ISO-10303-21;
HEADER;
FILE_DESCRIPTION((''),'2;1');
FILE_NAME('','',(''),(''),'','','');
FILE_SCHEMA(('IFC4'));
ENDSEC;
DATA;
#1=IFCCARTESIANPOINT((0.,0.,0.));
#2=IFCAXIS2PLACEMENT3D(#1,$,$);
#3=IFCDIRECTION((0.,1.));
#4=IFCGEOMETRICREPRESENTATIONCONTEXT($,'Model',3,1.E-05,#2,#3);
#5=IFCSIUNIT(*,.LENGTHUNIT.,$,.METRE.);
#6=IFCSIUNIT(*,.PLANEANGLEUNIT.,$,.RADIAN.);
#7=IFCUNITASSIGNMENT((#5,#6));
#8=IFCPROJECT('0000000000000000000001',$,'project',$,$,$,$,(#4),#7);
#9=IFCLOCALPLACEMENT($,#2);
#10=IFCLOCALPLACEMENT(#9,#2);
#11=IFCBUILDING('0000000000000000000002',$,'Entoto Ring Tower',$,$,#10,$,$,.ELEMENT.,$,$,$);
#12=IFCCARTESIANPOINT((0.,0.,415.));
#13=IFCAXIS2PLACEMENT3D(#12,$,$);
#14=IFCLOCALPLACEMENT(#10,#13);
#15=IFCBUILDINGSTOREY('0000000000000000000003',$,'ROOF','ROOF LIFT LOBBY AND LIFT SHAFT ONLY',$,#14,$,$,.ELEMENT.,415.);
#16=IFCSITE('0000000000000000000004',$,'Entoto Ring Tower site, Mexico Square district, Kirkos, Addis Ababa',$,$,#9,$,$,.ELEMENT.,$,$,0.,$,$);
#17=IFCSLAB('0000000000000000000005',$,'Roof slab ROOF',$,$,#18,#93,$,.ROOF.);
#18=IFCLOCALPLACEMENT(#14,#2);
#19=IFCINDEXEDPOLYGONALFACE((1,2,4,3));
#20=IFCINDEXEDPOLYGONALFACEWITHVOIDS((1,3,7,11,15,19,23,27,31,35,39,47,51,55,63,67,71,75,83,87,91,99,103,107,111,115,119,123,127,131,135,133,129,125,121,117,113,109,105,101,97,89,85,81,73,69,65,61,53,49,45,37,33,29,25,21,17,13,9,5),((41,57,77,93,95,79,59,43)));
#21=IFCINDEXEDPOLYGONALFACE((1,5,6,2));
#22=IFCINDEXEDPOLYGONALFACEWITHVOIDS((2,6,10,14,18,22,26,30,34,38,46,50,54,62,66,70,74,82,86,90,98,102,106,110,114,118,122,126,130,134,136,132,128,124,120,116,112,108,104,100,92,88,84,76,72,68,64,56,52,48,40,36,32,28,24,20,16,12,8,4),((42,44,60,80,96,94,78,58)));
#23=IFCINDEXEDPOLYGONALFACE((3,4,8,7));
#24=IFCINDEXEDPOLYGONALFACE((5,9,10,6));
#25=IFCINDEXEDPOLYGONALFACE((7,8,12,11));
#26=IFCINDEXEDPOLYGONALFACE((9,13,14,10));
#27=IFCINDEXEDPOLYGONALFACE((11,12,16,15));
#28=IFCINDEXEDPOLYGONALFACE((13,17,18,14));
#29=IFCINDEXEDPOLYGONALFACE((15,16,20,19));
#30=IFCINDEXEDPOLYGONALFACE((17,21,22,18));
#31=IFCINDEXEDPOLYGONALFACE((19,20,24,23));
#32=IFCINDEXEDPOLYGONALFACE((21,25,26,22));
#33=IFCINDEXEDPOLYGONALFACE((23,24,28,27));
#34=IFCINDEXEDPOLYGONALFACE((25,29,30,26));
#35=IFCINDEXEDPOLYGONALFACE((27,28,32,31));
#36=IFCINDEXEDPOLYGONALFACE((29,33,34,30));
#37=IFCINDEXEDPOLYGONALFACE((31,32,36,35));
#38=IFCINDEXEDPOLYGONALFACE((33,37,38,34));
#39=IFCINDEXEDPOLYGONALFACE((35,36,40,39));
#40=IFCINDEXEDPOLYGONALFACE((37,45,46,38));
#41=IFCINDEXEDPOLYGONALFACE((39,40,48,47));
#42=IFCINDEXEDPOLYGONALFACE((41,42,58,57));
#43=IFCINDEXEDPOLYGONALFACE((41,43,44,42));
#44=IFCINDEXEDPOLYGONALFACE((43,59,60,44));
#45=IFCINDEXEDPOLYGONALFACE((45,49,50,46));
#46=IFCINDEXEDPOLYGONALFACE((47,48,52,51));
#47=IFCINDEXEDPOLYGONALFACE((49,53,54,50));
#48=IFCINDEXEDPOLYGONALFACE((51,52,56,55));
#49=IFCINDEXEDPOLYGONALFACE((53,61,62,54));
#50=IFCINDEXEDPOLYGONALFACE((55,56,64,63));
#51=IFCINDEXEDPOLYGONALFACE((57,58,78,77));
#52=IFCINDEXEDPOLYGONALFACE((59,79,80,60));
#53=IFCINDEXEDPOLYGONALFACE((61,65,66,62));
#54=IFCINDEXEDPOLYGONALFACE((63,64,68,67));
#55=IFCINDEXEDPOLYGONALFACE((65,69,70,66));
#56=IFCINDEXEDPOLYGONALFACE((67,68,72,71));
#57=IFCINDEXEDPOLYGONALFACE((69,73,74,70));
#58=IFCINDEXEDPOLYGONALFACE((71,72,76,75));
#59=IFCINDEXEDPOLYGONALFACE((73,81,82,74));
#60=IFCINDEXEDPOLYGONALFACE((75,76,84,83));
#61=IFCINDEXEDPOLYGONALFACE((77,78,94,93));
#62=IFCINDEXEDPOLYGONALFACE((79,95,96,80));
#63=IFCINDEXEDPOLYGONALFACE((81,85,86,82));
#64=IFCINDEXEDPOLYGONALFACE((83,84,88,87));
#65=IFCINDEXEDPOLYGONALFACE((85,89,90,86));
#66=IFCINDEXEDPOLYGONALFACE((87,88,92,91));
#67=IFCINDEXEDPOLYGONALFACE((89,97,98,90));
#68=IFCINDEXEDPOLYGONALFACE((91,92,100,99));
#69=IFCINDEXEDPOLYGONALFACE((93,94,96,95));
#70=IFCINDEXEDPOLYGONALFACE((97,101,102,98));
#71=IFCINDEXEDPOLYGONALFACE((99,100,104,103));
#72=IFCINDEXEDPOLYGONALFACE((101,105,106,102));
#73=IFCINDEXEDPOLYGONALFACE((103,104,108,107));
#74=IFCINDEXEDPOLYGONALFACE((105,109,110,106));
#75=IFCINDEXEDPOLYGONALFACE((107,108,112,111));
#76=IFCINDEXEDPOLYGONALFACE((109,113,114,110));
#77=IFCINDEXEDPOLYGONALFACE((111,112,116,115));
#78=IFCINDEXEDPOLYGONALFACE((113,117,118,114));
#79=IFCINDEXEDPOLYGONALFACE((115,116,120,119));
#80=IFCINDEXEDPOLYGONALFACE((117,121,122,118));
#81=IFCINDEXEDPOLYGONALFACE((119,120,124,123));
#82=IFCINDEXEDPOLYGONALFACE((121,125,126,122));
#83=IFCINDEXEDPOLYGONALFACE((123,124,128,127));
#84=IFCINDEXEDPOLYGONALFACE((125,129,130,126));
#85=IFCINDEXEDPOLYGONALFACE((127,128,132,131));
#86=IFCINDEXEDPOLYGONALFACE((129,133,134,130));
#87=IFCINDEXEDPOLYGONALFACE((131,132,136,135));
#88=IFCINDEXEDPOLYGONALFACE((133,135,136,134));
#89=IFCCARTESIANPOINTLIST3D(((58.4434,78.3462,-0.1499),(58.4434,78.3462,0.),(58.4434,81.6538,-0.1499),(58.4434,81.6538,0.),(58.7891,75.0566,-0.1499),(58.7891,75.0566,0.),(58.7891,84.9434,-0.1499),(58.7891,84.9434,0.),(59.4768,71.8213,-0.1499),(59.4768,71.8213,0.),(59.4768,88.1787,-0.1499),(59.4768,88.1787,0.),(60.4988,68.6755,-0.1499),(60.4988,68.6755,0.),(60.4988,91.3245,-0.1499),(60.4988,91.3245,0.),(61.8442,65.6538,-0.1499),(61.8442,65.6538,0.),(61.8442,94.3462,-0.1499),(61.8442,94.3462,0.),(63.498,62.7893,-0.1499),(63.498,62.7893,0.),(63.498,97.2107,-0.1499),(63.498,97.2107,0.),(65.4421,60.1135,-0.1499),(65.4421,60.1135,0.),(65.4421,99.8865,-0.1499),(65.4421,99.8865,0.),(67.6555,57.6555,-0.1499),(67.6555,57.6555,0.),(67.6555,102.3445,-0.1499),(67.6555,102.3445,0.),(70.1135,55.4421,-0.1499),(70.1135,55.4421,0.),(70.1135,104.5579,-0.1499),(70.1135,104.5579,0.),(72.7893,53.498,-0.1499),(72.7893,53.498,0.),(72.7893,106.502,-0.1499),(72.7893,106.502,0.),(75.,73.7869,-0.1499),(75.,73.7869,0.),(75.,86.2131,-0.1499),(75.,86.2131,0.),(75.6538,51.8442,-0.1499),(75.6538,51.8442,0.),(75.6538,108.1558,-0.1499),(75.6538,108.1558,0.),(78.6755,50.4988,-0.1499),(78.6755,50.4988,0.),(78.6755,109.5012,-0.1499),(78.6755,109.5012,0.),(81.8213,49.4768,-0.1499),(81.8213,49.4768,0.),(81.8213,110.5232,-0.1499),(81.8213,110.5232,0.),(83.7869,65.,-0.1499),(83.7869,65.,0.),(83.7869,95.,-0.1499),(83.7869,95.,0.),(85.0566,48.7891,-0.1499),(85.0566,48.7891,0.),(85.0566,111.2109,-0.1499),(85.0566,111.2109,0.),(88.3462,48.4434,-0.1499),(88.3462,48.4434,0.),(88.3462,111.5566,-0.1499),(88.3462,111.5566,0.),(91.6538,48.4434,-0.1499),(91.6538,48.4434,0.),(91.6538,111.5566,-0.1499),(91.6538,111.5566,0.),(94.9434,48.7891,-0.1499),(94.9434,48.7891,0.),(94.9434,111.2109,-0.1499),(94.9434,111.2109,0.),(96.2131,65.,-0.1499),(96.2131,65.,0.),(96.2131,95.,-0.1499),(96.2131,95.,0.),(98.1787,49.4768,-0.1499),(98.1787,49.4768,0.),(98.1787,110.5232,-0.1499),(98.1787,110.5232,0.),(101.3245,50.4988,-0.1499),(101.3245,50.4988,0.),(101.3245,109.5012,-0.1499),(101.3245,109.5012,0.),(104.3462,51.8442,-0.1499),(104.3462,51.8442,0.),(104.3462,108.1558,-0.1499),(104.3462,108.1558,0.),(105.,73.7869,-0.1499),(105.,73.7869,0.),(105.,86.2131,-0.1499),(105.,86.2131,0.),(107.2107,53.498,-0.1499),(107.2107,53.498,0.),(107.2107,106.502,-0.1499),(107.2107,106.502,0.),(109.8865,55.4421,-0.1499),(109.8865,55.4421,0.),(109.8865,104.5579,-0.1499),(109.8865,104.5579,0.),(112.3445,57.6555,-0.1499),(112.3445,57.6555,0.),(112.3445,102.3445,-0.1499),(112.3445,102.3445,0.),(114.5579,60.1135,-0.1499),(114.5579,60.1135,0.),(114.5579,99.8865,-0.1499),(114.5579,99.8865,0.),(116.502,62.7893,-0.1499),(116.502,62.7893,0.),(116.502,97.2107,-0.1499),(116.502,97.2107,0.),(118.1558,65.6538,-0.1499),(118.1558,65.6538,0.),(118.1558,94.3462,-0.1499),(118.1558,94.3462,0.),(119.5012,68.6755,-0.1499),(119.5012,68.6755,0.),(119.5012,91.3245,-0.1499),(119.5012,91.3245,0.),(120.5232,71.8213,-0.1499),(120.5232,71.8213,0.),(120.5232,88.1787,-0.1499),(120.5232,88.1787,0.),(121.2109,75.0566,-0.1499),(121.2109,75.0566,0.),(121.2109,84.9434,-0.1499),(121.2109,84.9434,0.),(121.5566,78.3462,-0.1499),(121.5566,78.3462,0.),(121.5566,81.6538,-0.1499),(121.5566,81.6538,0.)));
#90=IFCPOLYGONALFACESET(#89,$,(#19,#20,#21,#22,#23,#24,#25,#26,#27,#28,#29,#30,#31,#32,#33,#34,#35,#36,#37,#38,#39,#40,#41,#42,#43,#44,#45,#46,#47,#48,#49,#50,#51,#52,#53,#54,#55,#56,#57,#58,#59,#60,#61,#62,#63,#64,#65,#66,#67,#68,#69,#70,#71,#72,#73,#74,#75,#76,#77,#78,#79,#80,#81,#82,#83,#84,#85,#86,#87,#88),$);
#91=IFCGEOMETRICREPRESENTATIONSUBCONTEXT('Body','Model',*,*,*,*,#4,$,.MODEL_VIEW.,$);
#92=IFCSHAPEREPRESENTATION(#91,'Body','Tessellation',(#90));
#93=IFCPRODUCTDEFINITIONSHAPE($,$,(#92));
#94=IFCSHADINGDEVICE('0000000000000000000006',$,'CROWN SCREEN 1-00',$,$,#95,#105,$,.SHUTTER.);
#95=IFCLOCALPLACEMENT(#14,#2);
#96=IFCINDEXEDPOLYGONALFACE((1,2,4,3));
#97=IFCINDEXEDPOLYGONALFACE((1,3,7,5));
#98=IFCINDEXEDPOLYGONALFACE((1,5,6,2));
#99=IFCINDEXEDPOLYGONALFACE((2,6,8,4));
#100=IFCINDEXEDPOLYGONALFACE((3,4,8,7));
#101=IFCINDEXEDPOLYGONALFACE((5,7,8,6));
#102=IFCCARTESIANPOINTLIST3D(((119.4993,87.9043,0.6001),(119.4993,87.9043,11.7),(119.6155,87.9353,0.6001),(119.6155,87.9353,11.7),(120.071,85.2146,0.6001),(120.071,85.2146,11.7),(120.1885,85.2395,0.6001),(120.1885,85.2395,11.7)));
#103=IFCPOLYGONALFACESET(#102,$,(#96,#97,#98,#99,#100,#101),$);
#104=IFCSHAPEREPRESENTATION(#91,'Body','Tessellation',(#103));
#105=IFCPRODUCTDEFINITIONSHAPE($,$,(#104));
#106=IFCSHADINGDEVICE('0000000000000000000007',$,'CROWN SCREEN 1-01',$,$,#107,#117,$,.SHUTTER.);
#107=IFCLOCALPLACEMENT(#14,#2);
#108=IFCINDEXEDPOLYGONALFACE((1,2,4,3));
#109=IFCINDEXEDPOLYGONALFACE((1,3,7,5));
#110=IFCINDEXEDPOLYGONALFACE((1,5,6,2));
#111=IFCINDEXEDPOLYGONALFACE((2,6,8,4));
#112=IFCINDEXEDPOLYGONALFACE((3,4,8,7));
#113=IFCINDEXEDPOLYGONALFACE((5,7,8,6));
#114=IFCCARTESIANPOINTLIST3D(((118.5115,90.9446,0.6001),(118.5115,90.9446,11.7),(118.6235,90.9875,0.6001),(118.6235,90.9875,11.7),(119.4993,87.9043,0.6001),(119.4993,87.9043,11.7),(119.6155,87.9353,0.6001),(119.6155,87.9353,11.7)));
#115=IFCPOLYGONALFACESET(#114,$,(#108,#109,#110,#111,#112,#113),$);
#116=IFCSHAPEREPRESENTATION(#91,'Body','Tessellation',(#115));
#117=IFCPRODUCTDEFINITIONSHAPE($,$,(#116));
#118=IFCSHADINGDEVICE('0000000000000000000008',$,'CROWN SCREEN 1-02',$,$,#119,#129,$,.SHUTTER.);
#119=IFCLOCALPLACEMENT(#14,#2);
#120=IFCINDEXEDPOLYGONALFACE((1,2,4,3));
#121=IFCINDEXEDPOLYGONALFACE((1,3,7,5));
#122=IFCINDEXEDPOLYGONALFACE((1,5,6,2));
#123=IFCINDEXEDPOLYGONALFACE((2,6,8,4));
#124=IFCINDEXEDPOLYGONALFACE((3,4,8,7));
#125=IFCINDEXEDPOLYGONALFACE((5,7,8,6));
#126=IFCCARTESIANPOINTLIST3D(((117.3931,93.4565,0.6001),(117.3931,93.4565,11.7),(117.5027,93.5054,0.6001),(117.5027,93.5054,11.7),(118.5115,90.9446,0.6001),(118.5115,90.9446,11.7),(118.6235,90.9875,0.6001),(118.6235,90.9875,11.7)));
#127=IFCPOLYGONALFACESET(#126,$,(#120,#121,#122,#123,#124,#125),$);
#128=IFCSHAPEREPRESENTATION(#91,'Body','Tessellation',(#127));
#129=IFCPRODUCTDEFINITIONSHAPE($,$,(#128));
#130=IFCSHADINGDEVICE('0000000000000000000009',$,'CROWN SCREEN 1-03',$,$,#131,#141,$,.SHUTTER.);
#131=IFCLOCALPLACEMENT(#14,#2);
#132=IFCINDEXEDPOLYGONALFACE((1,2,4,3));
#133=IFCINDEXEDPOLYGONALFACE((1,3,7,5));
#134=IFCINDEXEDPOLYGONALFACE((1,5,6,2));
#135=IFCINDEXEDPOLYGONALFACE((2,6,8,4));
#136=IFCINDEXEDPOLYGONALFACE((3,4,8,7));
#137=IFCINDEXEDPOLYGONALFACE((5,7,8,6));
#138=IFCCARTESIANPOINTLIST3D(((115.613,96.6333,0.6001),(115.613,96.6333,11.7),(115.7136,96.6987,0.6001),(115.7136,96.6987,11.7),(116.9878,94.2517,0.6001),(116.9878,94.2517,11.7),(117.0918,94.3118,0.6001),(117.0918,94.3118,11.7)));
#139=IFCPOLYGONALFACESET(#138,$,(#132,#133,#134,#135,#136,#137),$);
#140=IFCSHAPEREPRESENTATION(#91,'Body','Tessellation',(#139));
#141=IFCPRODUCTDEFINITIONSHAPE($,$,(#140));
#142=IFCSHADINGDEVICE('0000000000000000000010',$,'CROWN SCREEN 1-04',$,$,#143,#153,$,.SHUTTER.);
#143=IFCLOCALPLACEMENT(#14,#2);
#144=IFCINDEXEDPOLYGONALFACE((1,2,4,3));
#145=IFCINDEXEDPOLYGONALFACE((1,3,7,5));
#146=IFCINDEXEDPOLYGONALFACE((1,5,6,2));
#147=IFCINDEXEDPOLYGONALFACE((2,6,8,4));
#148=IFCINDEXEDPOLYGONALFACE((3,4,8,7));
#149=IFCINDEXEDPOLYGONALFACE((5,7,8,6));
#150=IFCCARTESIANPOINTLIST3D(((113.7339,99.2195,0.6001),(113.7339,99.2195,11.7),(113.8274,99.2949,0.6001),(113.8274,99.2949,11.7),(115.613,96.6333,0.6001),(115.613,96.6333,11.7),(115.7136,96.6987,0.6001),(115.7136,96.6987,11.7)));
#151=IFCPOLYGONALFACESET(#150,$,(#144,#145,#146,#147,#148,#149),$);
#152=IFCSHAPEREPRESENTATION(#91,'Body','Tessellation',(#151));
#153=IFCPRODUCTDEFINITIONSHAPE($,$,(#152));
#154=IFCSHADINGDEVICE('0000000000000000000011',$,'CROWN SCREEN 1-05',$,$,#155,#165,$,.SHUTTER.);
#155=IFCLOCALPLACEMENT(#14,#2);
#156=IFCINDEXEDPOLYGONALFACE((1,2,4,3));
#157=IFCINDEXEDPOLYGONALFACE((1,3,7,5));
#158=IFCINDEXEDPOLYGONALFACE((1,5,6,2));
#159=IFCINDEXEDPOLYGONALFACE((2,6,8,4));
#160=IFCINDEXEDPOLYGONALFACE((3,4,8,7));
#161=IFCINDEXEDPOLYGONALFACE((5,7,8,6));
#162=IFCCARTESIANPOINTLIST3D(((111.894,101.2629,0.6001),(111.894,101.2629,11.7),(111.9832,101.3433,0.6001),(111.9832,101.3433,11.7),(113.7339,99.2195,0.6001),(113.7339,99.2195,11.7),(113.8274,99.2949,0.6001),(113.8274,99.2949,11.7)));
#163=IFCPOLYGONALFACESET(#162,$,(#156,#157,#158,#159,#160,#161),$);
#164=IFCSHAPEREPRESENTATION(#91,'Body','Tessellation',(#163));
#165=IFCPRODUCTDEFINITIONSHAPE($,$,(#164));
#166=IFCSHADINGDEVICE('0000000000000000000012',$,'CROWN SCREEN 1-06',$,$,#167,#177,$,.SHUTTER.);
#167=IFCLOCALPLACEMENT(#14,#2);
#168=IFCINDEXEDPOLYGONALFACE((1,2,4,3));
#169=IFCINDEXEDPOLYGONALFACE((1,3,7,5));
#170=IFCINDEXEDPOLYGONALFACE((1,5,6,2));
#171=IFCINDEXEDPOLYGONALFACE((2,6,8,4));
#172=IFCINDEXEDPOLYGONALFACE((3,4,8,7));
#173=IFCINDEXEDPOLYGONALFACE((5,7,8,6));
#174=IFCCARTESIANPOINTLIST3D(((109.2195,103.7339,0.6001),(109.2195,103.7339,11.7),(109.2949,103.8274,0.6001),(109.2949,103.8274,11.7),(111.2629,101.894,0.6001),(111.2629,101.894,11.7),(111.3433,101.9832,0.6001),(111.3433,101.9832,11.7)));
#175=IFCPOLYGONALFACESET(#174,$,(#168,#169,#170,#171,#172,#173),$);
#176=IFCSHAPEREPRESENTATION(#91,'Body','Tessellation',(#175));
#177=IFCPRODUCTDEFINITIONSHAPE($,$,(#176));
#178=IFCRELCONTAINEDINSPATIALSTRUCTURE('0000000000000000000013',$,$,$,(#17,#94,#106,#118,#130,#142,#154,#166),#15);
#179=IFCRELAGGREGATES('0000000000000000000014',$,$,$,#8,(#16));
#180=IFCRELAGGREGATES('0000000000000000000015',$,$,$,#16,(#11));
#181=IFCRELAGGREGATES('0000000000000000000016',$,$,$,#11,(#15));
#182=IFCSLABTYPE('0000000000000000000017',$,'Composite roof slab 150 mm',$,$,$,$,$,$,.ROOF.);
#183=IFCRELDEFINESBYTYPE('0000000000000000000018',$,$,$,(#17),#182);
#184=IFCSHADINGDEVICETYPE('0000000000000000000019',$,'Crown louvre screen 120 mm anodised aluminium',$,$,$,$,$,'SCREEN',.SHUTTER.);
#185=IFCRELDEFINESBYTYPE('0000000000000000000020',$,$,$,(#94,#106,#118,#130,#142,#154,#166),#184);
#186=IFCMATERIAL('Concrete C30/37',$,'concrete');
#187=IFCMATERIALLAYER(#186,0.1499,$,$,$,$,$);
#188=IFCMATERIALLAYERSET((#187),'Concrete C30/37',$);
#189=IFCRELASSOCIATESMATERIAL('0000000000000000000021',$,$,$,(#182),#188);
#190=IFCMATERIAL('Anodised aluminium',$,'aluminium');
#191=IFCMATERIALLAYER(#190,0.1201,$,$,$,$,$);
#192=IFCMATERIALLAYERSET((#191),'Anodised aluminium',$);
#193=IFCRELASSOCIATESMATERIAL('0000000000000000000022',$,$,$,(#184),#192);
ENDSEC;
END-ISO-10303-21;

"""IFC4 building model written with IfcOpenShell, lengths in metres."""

from ifc_helpers import new_model, si_unit, direction, frame, origin, place, context, subcontext, project, spatial, polyline, outline, extrude, material, layer, layer_set, type_object, element, save


model = new_model("IFC4")

# Units and contexts
model_context = context("Model", 3, precision=1e-05, world=origin(), true_north=direction((0.0, 1.0)))
body_context = subcontext(model_context, "Body", "Model", "MODEL_VIEW")
ifc_project = project(units=[si_unit("LENGTHUNIT", "METRE"), si_unit("PLANEANGLEUNIT", "RADIAN")], contexts=[model_context])

# Site, building, storey
site_placement = place(None, origin())
site = spatial("IfcSite", under=ifc_project, at=site_placement, Name="Entoto Ring Tower site, Mexico Square district, Kirkos, Addis Ababa", CompositionType="ELEMENT", RefElevation=0.0)
building_placement = place(site_placement, origin())
building = spatial("IfcBuilding", under=site, at=building_placement, Name="Entoto Ring Tower", CompositionType="ELEMENT")
storey_placement = place(building_placement, frame((0.0, 0.0, 415.0)))
storey = spatial("IfcBuildingStorey", under=building, at=storey_placement, Name="ROOF", Description="ROOF LIFT LOBBY AND LIFT SHAFT ONLY", CompositionType="ELEMENT", Elevation=415.0)

# Slab
ifc_material_1 = material(Name="Concrete C30/37", Category="concrete")
ifc_layer_1 = layer(ifc_material_1, 0.1499)
ifc_layer_set_1 = layer_set([ifc_layer_1], Name="Concrete C30/37")
slab_type = type_object("IfcSlabType", Name="Composite roof slab 150 mm", PredefinedType="ROOF", material=ifc_layer_set_1)
slab_placement = place(storey_placement, frame((0.0, 0.0, -0.1499)))
element("IfcSlab", 1, at=slab_placement, inside=storey, type_object=slab_type, Name="Roof slab ROOF", PredefinedType="ROOF", context=body_context, shape_type="SweptSolid", body=[
    extrude(outline(polyline([(121.2109, 84.9434), (120.5232, 88.1787), (119.5012, 91.3245), (118.1558, 94.3462), (116.502, 97.2107), (114.5579, 99.8865), (112.3445, 102.3445), (109.8865, 104.5579), (107.2107, 106.502), (104.3462, 108.1558), (101.3245, 109.5012), (98.1787, 110.5232), (94.9434, 111.2109), (91.6538, 111.5566), (88.3462, 111.5566), (85.0566, 111.2109), (81.8213, 110.5232), (78.6755, 109.5012), (75.6538, 108.1558), (72.7893, 106.502), (70.1135, 104.5579), (67.6555, 102.3445), (65.4421, 99.8865), (63.498, 97.2107), (61.8442, 94.3462), (60.4988, 91.3245), (59.4768, 88.1787), (58.7891, 84.9434), (58.4434, 81.6538), (58.4434, 78.3462), (58.7891, 75.0566), (59.4768, 71.8213), (60.4988, 68.6755), (61.8442, 65.6538), (63.498, 62.7893), (65.4421, 60.1135), (67.6555, 57.6555), (70.1135, 55.4421), (72.7893, 53.498), (75.6538, 51.8442), (78.6755, 50.4988), (81.8213, 49.4768), (85.0566, 48.7891), (88.3462, 48.4434), (91.6538, 48.4434), (94.9434, 48.7891), (98.1787, 49.4768), (101.3245, 50.4988), (104.3462, 51.8442), (107.2107, 53.498), (109.8865, 55.4421), (112.3445, 57.6555), (114.5579, 60.1135), (116.502, 62.7893), (118.1558, 65.6538), (119.5012, 68.6755), (120.5232, 71.8213), (121.2109, 75.0566), (121.5566, 78.3462), (121.5566, 81.6538), (121.2109, 84.9434)]), holes=[polyline([(105.0, 73.7869), (105.0, 86.2131), (96.2131, 95.0), (83.7869, 95.0), (75.0, 86.2131), (75.0, 73.7869), (83.7869, 65.0), (96.2131, 65.0), (105.0, 73.7869)])]), origin(), (0.0, 0.0, 1.0), 0.1499),
])

# Shading devices
ifc_material_2 = material(Name="Anodised aluminium", Category="aluminium")
ifc_layer_2 = layer(ifc_material_2, 0.1201)
ifc_layer_set_2 = layer_set([ifc_layer_2], Name="Anodised aluminium")
shading_device_type = type_object("IfcShadingDeviceType", Name="Crown louvre screen 120 mm anodised aluminium", ElementType="SCREEN", PredefinedType="SHUTTER", material=ifc_layer_set_2)
shading_device_1_placement = place(storey_placement, frame((0.0, 0.0, 0.6001)))
element("IfcShadingDevice", 2, at=shading_device_1_placement, inside=storey, type_object=shading_device_type, Name="CROWN SCREEN 1-00", PredefinedType="SHUTTER", context=body_context, shape_type="SweptSolid", body=[
    extrude(outline(polyline([(120.071, 85.2146), (120.1885, 85.2395), (119.6155, 87.9353), (119.4993, 87.9043), (120.071, 85.2146)])), origin(), (0.0, 0.0, 1.0), 11.0999),
])
shading_device_2_placement = place(storey_placement, frame((0.0, 0.0, 0.6001)))
element("IfcShadingDevice", 3, at=shading_device_2_placement, inside=storey, type_object=shading_device_type, Name="CROWN SCREEN 1-01", PredefinedType="SHUTTER", context=body_context, shape_type="SweptSolid", body=[
    extrude(outline(polyline([(119.4993, 87.9043), (119.6155, 87.9353), (118.6235, 90.9875), (118.5115, 90.9446), (119.4993, 87.9043)])), origin(), (0.0, 0.0, 1.0), 11.0999),
])
shading_device_3_placement = place(storey_placement, frame((0.0, 0.0, 0.6001)))
element("IfcShadingDevice", 4, at=shading_device_3_placement, inside=storey, type_object=shading_device_type, Name="CROWN SCREEN 1-02", PredefinedType="SHUTTER", context=body_context, shape_type="SweptSolid", body=[
    extrude(outline(polyline([(118.5115, 90.9446), (118.6235, 90.9875), (117.5027, 93.5054), (117.3931, 93.4565), (118.5115, 90.9446)])), origin(), (0.0, 0.0, 1.0), 11.0999),
])
shading_device_4_placement = place(storey_placement, frame((0.0, 0.0, 0.6001)))
element("IfcShadingDevice", 5, at=shading_device_4_placement, inside=storey, type_object=shading_device_type, Name="CROWN SCREEN 1-03", PredefinedType="SHUTTER", context=body_context, shape_type="SweptSolid", body=[
    extrude(outline(polyline([(116.9878, 94.2517), (117.0918, 94.3118), (115.7136, 96.6987), (115.613, 96.6333), (116.9878, 94.2517)])), origin(), (0.0, 0.0, 1.0), 11.0999),
])
shading_device_5_placement = place(storey_placement, frame((0.0, 0.0, 0.6001)))
element("IfcShadingDevice", 6, at=shading_device_5_placement, inside=storey, type_object=shading_device_type, Name="CROWN SCREEN 1-04", PredefinedType="SHUTTER", context=body_context, shape_type="SweptSolid", body=[
    extrude(outline(polyline([(115.613, 96.6333), (115.7136, 96.6987), (113.8274, 99.2949), (113.7339, 99.2195), (115.613, 96.6333)])), origin(), (0.0, 0.0, 1.0), 11.0999),
])
shading_device_6_placement = place(storey_placement, frame((0.0, 0.0, 0.6001)))
element("IfcShadingDevice", 7, at=shading_device_6_placement, inside=storey, type_object=shading_device_type, Name="CROWN SCREEN 1-05", PredefinedType="SHUTTER", context=body_context, shape_type="SweptSolid", body=[
    extrude(outline(polyline([(113.7339, 99.2195), (113.8274, 99.2949), (111.9832, 101.3433), (111.894, 101.2629), (113.7339, 99.2195)])), origin(), (0.0, 0.0, 1.0), 11.0999),
])
shading_device_7_placement = place(storey_placement, frame((0.0, 0.0, 0.6001)))
element("IfcShadingDevice", 8, at=shading_device_7_placement, inside=storey, type_object=shading_device_type, Name="CROWN SCREEN 1-06", PredefinedType="SHUTTER", context=body_context, shape_type="SweptSolid", body=[
    extrude(outline(polyline([(111.2629, 101.894), (111.3433, 101.9832), (109.2949, 103.8274), (109.2195, 103.7339), (111.2629, 101.894)])), origin(), (0.0, 0.0, 1.0), 11.0999),
])

save(model, "model.ifc")
